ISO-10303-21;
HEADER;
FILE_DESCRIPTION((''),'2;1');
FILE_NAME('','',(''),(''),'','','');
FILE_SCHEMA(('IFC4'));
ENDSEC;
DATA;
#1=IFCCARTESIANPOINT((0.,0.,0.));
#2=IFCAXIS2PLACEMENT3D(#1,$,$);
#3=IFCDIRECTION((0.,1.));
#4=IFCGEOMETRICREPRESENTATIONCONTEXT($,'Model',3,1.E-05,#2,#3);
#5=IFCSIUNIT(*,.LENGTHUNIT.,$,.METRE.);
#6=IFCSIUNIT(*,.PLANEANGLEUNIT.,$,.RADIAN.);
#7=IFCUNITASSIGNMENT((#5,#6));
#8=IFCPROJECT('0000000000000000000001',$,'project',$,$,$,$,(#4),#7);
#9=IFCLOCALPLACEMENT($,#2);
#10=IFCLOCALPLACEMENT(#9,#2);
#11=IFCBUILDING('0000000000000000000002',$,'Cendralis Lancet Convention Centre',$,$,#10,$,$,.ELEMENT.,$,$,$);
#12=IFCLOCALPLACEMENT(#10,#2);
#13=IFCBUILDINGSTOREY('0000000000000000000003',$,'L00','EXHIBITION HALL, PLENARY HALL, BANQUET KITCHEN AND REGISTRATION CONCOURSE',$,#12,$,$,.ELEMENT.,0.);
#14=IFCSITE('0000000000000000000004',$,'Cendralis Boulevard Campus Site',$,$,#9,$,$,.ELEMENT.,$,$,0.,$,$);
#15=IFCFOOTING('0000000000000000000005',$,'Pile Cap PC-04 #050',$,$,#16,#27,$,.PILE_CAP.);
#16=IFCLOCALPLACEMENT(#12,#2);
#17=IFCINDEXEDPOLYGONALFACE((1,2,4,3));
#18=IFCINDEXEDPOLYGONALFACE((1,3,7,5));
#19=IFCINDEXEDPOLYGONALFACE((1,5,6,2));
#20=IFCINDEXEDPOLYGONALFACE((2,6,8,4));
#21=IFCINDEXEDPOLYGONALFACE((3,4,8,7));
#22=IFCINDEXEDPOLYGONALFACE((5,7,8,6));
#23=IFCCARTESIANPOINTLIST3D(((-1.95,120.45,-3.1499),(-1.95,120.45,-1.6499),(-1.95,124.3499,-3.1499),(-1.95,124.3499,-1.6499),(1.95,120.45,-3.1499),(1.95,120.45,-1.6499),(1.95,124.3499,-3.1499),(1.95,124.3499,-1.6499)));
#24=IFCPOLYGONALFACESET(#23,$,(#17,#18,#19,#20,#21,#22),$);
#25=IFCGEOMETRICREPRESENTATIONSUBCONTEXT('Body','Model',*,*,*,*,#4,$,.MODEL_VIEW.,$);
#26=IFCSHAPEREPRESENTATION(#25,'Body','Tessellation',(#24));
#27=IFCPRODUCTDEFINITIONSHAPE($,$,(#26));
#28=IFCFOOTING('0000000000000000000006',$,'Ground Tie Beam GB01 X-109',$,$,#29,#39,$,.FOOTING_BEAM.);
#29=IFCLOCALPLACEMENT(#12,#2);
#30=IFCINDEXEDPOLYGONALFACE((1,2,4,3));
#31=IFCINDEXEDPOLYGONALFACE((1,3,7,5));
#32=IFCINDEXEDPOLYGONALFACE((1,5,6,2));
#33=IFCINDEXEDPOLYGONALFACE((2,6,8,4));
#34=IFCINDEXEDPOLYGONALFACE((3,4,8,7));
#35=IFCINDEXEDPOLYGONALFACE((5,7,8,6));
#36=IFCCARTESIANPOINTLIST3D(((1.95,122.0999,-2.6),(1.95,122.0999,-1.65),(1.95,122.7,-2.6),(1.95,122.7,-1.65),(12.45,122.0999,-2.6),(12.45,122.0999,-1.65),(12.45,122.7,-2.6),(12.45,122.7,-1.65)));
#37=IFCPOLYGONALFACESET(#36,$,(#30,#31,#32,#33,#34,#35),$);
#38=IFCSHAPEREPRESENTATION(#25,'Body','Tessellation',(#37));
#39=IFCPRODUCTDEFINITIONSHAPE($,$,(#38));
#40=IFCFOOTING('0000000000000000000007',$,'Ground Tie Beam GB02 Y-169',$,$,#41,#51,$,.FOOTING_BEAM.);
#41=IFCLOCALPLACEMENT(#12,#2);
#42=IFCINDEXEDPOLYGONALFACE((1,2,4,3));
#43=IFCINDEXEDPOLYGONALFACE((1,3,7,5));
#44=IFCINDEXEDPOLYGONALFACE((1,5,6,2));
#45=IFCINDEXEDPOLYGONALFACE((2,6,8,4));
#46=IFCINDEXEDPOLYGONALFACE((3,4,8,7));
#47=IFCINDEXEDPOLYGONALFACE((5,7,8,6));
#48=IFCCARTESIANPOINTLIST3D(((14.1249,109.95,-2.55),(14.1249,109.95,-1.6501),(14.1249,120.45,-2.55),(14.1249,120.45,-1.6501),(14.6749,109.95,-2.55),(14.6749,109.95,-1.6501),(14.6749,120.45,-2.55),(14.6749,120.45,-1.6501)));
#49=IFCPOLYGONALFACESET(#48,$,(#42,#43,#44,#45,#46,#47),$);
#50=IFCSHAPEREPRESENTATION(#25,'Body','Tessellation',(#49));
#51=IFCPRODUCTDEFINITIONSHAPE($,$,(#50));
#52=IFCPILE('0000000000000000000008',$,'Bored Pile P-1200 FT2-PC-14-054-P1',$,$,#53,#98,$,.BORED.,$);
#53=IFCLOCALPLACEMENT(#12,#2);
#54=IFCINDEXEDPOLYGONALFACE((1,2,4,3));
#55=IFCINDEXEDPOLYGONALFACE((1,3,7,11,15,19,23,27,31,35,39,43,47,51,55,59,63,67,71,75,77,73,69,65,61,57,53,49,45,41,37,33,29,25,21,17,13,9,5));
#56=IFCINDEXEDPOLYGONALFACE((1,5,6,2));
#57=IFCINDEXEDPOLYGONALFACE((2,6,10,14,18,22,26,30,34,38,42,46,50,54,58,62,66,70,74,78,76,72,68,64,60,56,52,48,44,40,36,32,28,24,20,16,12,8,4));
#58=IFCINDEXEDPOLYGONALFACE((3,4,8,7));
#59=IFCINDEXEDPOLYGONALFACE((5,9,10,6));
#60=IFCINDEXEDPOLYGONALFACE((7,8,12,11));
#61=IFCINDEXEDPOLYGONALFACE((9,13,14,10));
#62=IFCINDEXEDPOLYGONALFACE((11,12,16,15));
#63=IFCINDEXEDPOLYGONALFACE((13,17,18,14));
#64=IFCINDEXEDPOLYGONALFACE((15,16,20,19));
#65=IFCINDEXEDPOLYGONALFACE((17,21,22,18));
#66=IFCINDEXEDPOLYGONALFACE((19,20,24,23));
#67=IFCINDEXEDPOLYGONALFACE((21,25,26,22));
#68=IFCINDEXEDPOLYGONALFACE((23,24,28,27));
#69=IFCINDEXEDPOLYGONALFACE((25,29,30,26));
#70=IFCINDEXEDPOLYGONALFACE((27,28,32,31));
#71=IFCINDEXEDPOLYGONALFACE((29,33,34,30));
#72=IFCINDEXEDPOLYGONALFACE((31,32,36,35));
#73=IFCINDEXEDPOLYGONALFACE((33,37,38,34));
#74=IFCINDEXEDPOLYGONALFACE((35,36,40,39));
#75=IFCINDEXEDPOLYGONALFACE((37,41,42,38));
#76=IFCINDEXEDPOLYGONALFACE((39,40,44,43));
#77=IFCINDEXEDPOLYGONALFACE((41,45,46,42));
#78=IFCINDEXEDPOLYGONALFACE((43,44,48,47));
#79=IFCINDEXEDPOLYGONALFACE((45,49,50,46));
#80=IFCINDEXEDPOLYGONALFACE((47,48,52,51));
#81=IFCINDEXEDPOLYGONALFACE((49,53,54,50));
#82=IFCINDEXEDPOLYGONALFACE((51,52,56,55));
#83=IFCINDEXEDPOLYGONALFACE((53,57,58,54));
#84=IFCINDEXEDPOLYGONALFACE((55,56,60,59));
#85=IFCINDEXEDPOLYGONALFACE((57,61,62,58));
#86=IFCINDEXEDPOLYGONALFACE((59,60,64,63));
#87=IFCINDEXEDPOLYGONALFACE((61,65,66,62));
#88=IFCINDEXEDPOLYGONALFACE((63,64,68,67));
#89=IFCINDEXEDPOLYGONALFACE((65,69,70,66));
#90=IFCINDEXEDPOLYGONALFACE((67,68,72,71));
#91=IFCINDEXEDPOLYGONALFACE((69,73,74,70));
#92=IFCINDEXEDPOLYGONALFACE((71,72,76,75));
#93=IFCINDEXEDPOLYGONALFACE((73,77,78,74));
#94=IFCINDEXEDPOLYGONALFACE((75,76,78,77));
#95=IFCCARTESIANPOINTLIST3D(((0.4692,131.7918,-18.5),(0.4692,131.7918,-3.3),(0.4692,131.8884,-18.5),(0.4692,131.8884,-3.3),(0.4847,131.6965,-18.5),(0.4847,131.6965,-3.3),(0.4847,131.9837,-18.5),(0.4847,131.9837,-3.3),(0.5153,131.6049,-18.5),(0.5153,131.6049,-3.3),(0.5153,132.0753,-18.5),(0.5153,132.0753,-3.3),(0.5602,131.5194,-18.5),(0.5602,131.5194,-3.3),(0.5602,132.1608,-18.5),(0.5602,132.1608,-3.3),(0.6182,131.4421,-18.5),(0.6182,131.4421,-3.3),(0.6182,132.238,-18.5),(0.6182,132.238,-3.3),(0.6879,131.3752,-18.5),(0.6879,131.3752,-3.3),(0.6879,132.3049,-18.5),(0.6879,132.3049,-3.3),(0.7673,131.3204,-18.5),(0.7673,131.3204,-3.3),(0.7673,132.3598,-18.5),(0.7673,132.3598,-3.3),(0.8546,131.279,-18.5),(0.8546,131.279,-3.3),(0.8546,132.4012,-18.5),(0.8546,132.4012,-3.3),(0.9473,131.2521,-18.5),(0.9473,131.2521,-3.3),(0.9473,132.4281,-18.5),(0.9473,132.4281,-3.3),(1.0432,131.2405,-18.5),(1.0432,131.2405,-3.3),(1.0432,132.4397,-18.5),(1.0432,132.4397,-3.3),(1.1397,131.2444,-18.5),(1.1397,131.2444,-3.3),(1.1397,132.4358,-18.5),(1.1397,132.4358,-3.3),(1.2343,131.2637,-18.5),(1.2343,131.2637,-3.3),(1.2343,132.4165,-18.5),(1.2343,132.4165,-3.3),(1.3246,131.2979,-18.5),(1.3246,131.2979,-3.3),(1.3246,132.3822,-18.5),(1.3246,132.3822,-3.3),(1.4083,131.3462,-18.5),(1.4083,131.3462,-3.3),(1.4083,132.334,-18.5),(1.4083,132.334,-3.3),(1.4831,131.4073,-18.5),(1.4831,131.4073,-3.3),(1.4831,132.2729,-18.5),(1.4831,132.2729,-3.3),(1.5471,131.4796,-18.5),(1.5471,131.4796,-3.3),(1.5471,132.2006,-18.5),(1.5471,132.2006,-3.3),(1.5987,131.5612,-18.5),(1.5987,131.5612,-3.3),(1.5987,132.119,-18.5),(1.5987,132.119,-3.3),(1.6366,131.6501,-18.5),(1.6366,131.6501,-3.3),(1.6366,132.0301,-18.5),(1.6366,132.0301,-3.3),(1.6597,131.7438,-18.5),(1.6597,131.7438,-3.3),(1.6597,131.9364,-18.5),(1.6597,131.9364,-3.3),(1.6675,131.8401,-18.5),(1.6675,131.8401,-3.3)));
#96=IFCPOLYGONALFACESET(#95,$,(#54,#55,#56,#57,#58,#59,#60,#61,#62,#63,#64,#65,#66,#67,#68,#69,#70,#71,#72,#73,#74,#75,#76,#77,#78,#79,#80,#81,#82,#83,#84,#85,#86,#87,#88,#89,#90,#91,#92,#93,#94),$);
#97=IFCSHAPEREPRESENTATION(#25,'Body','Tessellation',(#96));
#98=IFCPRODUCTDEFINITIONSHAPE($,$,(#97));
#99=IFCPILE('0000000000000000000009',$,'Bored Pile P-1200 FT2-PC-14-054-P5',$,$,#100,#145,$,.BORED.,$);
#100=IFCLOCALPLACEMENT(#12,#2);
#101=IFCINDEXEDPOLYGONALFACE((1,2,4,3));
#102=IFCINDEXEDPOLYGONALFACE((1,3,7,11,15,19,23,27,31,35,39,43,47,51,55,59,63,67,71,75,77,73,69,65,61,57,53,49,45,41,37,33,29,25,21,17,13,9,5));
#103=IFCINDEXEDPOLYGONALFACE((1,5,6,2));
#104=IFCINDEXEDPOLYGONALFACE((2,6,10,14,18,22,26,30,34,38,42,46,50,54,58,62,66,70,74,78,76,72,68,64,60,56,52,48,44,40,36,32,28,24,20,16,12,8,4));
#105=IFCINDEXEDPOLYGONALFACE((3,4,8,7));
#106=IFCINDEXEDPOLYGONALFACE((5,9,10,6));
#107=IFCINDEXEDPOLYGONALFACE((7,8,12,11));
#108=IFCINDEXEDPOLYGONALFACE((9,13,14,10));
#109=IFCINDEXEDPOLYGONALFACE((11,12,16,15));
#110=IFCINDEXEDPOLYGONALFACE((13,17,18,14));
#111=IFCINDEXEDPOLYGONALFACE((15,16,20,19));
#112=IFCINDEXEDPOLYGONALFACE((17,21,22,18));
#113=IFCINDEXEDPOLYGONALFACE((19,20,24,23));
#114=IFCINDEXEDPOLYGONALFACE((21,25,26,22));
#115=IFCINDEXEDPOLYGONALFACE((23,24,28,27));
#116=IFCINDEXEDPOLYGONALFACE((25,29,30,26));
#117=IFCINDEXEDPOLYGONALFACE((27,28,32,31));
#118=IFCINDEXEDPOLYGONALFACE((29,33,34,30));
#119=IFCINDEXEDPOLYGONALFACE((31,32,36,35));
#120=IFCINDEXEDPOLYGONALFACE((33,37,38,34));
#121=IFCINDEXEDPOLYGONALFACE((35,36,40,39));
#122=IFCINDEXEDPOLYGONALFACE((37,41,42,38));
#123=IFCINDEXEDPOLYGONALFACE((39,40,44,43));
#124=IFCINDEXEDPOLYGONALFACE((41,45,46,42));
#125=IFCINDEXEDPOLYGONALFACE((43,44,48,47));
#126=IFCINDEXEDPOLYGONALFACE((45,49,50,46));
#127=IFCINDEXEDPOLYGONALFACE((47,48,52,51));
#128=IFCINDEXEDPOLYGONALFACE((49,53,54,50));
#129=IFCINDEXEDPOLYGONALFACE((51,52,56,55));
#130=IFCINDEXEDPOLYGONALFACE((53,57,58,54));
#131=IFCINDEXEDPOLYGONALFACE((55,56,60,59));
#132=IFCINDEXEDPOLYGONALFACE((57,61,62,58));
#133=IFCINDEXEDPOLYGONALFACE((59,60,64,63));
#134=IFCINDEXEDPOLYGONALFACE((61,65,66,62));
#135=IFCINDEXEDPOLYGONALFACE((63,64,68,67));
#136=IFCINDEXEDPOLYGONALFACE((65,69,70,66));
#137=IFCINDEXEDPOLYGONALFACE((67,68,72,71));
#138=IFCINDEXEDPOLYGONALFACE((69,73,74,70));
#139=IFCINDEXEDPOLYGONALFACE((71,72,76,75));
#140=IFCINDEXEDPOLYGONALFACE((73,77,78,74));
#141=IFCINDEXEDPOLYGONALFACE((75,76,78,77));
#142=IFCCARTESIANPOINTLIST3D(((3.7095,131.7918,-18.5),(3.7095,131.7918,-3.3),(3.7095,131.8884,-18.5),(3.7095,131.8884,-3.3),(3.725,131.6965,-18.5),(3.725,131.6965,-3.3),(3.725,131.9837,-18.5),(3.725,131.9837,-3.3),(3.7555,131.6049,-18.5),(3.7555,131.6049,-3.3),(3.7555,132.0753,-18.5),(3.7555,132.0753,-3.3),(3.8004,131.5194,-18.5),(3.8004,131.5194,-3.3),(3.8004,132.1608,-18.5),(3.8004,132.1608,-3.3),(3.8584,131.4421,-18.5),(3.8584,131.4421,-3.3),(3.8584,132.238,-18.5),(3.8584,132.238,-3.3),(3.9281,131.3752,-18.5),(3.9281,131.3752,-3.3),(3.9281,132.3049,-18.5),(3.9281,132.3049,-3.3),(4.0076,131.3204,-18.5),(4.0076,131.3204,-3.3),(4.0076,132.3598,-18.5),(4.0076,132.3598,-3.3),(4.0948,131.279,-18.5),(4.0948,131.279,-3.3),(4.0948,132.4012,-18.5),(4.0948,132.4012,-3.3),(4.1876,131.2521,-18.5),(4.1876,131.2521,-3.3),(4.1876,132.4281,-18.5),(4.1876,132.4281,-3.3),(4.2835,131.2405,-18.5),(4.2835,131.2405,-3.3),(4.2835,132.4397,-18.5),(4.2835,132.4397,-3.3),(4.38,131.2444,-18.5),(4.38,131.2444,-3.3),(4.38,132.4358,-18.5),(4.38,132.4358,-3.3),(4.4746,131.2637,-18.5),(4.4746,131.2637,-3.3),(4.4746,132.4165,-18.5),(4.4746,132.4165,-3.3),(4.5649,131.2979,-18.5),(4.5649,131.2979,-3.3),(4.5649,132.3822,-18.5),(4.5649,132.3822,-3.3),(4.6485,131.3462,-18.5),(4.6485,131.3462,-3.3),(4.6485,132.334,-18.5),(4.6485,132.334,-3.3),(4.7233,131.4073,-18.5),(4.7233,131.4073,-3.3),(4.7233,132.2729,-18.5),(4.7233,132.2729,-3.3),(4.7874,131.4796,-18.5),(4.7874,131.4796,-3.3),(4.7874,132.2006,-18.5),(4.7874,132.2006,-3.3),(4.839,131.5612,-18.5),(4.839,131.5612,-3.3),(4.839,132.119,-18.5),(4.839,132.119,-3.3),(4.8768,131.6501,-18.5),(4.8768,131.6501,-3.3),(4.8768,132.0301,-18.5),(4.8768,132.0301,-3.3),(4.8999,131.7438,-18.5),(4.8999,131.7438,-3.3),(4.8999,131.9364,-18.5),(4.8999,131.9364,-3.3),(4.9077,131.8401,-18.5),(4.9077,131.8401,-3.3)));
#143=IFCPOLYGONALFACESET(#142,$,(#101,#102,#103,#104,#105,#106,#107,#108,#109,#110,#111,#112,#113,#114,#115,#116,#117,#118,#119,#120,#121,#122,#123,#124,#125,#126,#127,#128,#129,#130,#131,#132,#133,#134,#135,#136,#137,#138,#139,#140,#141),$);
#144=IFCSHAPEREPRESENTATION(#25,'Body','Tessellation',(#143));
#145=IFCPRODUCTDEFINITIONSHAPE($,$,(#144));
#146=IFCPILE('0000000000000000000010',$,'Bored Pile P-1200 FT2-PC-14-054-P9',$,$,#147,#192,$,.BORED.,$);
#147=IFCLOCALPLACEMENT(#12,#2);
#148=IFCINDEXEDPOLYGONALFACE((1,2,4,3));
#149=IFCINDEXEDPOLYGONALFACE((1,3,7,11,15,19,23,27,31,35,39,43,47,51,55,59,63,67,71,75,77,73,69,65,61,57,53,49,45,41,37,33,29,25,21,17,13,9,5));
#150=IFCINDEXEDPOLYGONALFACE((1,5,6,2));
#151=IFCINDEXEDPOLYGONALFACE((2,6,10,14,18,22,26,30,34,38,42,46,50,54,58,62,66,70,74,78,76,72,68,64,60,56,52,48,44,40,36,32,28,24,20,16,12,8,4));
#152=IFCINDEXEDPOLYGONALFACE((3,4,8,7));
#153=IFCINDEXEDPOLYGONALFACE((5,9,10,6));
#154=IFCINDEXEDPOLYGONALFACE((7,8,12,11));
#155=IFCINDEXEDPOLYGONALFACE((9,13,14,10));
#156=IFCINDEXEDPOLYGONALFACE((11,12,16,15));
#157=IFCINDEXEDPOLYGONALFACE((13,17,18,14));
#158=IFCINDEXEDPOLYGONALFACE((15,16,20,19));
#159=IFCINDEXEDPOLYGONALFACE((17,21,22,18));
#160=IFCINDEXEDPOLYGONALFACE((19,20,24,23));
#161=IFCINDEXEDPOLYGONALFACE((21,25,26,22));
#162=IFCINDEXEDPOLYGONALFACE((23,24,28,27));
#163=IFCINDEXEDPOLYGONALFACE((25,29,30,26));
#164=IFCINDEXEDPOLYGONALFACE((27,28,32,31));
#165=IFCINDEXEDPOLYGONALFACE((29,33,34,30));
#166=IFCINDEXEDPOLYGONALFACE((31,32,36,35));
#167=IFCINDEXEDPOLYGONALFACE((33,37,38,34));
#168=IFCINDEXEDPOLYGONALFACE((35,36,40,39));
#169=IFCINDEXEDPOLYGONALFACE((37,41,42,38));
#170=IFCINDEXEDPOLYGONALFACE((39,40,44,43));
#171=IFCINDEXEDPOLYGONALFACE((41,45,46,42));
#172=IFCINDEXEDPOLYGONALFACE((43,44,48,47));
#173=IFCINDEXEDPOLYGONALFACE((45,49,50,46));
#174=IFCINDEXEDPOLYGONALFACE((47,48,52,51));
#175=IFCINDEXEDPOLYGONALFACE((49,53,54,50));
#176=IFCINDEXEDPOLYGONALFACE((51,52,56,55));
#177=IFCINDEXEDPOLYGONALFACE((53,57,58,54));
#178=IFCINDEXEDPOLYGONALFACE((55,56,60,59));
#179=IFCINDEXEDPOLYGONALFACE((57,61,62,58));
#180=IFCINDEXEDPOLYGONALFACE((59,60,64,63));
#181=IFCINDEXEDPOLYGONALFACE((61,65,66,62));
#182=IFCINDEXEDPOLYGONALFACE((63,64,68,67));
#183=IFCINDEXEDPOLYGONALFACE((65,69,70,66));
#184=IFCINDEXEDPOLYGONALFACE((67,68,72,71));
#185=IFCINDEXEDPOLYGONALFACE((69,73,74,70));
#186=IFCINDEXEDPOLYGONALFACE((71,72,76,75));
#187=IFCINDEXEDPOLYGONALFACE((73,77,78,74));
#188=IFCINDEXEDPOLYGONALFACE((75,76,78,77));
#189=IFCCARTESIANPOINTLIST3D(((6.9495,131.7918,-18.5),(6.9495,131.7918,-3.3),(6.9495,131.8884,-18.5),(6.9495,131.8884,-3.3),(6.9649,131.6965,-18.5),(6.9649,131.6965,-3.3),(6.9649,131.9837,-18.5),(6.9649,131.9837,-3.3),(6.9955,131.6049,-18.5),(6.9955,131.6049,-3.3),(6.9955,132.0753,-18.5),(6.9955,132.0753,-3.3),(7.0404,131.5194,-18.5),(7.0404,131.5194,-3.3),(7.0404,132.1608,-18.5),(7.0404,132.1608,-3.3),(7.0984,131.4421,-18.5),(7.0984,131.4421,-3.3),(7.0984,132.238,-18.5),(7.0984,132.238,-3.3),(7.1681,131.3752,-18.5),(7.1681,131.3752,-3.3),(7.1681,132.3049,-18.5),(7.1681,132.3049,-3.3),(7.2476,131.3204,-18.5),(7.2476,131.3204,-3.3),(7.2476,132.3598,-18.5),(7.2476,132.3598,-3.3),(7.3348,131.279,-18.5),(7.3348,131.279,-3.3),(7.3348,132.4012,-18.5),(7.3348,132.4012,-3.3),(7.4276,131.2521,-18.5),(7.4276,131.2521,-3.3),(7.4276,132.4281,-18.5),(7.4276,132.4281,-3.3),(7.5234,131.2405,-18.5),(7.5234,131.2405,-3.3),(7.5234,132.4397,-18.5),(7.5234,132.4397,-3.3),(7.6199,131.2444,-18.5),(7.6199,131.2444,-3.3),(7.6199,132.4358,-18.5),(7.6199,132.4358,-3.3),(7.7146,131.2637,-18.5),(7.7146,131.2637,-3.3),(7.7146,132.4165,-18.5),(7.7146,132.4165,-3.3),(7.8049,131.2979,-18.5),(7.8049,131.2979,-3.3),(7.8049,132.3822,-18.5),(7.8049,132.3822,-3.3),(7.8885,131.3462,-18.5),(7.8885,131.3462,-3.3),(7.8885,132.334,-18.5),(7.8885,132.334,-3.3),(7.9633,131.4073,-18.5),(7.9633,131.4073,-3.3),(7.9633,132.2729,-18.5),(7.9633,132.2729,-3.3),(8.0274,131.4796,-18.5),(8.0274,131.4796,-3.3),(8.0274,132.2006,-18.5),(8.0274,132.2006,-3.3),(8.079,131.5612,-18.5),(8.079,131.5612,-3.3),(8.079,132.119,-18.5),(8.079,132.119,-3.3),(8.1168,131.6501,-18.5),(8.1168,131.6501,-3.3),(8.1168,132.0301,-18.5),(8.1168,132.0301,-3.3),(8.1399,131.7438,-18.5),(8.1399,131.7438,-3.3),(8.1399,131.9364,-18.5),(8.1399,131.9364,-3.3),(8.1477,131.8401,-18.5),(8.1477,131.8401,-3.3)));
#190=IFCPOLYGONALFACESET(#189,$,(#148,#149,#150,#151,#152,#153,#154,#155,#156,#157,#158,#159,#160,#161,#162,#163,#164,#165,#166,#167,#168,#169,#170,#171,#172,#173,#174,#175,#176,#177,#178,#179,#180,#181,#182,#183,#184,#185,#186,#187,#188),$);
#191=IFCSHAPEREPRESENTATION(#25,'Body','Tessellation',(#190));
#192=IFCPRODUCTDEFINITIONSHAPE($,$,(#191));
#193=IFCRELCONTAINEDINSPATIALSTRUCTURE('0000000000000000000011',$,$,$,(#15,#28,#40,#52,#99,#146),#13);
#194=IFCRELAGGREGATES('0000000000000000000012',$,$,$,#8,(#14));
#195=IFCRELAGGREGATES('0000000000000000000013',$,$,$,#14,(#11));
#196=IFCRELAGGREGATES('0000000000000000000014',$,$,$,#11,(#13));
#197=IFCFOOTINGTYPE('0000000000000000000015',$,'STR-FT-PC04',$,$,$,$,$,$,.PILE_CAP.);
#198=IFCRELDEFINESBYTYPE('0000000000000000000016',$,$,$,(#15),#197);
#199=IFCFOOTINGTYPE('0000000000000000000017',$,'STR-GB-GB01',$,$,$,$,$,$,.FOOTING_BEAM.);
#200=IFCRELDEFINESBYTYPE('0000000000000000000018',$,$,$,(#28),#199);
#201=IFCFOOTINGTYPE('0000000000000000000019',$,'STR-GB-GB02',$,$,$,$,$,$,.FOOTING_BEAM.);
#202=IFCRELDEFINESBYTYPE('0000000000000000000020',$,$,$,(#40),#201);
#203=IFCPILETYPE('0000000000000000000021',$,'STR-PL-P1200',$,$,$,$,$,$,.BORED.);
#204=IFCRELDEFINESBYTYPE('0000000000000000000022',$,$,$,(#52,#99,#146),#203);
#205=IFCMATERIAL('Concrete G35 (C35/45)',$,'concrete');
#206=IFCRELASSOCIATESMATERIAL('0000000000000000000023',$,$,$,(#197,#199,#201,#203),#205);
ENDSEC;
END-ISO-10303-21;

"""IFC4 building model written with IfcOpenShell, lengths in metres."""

from ifc_helpers import new_model, si_unit, direction, frame, origin, origin_2d, place, context, subcontext, project, spatial, rectangle, circle, extrude, material, material_profile, profile_set, type_object, element, save


model = new_model("IFC4")

# Units and contexts
model_context = context("Model", 3, precision=1e-05, world=origin(), true_north=direction((0.0, 1.0)))
body_context = subcontext(model_context, "Body", "Model", "MODEL_VIEW")
ifc_project = project(units=[si_unit("LENGTHUNIT", "METRE"), si_unit("PLANEANGLEUNIT", "RADIAN")], contexts=[model_context])

# Site, building, storey
site_placement = place(None, origin())
site = spatial("IfcSite", under=ifc_project, at=site_placement, Name="Cendralis Boulevard Campus Site", CompositionType="ELEMENT", RefElevation=0.0)
building_placement = place(site_placement, origin())
building = spatial("IfcBuilding", under=site, at=building_placement, Name="Cendralis Lancet Convention Centre", CompositionType="ELEMENT")
storey_placement = place(building_placement, origin())
storey = spatial("IfcBuildingStorey", under=building, at=storey_placement, Name="L00", Description="EXHIBITION HALL, PLENARY HALL, BANQUET KITCHEN AND REGISTRATION CONCOURSE", CompositionType="ELEMENT", Elevation=0.0)

# Footings
ifc_material_1 = material(Name="Concrete G35 (C35/45)", Category="concrete")
footing_type_1 = type_object("IfcFootingType", Name="STR-FT-PC04", PredefinedType="PILE_CAP", material=ifc_material_1)
footing_1_placement = place(storey_placement, frame((0.0, 122.3999, -3.1499), z_axis=(0.0, 0.0, 1.0), x_axis=(1.0, 0.0, 0.0)))
element("IfcFooting", 1, at=footing_1_placement, inside=storey, type_object=footing_type_1, Name="Pile Cap PC-04 #050", PredefinedType="PILE_CAP", context=body_context, shape_type="SweptSolid", body=[
    extrude(rectangle(XDim=3.8999, YDim=3.8999, at=origin_2d()), origin(), (0.0, 0.0, 1.0), 1.5),
])
ifc_material_profile_1 = material_profile(ifc_material_1, rectangle(XDim=0.6001, YDim=0.95, at=origin_2d()), Name="RCB 600x950")
ifc_profile_set_1 = profile_set([ifc_material_profile_1], Name="Concrete G35 (C35/45)")
footing_type_2 = type_object("IfcFootingType", Name="STR-GB-GB01", PredefinedType="FOOTING_BEAM", material=ifc_profile_set_1)
footing_2_placement = place(storey_placement, frame((1.95, 122.3999, -2.125), z_axis=(1.0, 0.0, 0.0), x_axis=(0.0, 1.0, 0.0)))
element("IfcFooting", 2, at=footing_2_placement, inside=storey, type_object=footing_type_2, Name="Ground Tie Beam GB01 X-109", PredefinedType="FOOTING_BEAM", context=body_context, shape_type="SweptSolid", body=[
    extrude(rectangle(XDim=0.6001, YDim=0.95, at=origin_2d()), origin(), (0.0, 0.0, 1.0), 10.5),
])
ifc_material_profile_2 = material_profile(ifc_material_1, rectangle(XDim=0.55, YDim=0.8999, at=origin_2d()), Name="RCB 550x900")
ifc_profile_set_2 = profile_set([ifc_material_profile_2], Name="Concrete G35 (C35/45)")
footing_type_3 = type_object("IfcFootingType", Name="STR-GB-GB02", PredefinedType="FOOTING_BEAM", material=ifc_profile_set_2)
footing_3_placement = place(storey_placement, frame((14.3999, 109.95, -2.1001), z_axis=(0.0, 1.0, 0.0), x_axis=(-1.0, 0.0, 0.0)))
element("IfcFooting", 3, at=footing_3_placement, inside=storey, type_object=footing_type_3, Name="Ground Tie Beam GB02 Y-169", PredefinedType="FOOTING_BEAM", context=body_context, shape_type="SweptSolid", body=[
    extrude(rectangle(XDim=0.55, YDim=0.8999, at=origin_2d()), origin(), (0.0, 0.0, 1.0), 10.5),
])

# Piles
ifc_material_profile_3 = material_profile(ifc_material_1, circle(Radius=0.6001, at=origin_2d()), Name="BORED PILE D1200")
ifc_profile_set_3 = profile_set([ifc_material_profile_3], Name="Concrete G35 (C35/45)")
pile_type_1 = type_object("IfcPileType", Name="STR-PL-P1200", PredefinedType="BORED", material=ifc_profile_set_3)
for number, where, z_axis, x_axis, name in (
    (4, (1.0674, 131.8401, -3.3), (0.0, 0.0, -1.0), (1.0, 0.0, 0.0), "Bored Pile P-1200 FT2-PC-14-054-P1"),
    (5, (4.3076, 131.8401, -3.3), (0.0, 0.0, -1.0), (1.0, 0.0, 0.0), "Bored Pile P-1200 FT2-PC-14-054-P5"),
    (6, (7.5476, 131.8401, -3.3), (0.0, 0.0, -1.0), (1.0, 0.0, 0.0), "Bored Pile P-1200 FT2-PC-14-054-P9"),
):
    element("IfcPile", number, at=place(storey_placement, frame(where, z_axis=z_axis, x_axis=x_axis)), inside=storey, type_object=pile_type_1, Name=name, PredefinedType="BORED", context=body_context, shape_type="SweptSolid", body=[
        extrude(circle(Radius=0.6001, at=origin_2d()), origin(), (0.0, 0.0, 1.0), 15.2),
    ])

save(model, "model.ifc")
